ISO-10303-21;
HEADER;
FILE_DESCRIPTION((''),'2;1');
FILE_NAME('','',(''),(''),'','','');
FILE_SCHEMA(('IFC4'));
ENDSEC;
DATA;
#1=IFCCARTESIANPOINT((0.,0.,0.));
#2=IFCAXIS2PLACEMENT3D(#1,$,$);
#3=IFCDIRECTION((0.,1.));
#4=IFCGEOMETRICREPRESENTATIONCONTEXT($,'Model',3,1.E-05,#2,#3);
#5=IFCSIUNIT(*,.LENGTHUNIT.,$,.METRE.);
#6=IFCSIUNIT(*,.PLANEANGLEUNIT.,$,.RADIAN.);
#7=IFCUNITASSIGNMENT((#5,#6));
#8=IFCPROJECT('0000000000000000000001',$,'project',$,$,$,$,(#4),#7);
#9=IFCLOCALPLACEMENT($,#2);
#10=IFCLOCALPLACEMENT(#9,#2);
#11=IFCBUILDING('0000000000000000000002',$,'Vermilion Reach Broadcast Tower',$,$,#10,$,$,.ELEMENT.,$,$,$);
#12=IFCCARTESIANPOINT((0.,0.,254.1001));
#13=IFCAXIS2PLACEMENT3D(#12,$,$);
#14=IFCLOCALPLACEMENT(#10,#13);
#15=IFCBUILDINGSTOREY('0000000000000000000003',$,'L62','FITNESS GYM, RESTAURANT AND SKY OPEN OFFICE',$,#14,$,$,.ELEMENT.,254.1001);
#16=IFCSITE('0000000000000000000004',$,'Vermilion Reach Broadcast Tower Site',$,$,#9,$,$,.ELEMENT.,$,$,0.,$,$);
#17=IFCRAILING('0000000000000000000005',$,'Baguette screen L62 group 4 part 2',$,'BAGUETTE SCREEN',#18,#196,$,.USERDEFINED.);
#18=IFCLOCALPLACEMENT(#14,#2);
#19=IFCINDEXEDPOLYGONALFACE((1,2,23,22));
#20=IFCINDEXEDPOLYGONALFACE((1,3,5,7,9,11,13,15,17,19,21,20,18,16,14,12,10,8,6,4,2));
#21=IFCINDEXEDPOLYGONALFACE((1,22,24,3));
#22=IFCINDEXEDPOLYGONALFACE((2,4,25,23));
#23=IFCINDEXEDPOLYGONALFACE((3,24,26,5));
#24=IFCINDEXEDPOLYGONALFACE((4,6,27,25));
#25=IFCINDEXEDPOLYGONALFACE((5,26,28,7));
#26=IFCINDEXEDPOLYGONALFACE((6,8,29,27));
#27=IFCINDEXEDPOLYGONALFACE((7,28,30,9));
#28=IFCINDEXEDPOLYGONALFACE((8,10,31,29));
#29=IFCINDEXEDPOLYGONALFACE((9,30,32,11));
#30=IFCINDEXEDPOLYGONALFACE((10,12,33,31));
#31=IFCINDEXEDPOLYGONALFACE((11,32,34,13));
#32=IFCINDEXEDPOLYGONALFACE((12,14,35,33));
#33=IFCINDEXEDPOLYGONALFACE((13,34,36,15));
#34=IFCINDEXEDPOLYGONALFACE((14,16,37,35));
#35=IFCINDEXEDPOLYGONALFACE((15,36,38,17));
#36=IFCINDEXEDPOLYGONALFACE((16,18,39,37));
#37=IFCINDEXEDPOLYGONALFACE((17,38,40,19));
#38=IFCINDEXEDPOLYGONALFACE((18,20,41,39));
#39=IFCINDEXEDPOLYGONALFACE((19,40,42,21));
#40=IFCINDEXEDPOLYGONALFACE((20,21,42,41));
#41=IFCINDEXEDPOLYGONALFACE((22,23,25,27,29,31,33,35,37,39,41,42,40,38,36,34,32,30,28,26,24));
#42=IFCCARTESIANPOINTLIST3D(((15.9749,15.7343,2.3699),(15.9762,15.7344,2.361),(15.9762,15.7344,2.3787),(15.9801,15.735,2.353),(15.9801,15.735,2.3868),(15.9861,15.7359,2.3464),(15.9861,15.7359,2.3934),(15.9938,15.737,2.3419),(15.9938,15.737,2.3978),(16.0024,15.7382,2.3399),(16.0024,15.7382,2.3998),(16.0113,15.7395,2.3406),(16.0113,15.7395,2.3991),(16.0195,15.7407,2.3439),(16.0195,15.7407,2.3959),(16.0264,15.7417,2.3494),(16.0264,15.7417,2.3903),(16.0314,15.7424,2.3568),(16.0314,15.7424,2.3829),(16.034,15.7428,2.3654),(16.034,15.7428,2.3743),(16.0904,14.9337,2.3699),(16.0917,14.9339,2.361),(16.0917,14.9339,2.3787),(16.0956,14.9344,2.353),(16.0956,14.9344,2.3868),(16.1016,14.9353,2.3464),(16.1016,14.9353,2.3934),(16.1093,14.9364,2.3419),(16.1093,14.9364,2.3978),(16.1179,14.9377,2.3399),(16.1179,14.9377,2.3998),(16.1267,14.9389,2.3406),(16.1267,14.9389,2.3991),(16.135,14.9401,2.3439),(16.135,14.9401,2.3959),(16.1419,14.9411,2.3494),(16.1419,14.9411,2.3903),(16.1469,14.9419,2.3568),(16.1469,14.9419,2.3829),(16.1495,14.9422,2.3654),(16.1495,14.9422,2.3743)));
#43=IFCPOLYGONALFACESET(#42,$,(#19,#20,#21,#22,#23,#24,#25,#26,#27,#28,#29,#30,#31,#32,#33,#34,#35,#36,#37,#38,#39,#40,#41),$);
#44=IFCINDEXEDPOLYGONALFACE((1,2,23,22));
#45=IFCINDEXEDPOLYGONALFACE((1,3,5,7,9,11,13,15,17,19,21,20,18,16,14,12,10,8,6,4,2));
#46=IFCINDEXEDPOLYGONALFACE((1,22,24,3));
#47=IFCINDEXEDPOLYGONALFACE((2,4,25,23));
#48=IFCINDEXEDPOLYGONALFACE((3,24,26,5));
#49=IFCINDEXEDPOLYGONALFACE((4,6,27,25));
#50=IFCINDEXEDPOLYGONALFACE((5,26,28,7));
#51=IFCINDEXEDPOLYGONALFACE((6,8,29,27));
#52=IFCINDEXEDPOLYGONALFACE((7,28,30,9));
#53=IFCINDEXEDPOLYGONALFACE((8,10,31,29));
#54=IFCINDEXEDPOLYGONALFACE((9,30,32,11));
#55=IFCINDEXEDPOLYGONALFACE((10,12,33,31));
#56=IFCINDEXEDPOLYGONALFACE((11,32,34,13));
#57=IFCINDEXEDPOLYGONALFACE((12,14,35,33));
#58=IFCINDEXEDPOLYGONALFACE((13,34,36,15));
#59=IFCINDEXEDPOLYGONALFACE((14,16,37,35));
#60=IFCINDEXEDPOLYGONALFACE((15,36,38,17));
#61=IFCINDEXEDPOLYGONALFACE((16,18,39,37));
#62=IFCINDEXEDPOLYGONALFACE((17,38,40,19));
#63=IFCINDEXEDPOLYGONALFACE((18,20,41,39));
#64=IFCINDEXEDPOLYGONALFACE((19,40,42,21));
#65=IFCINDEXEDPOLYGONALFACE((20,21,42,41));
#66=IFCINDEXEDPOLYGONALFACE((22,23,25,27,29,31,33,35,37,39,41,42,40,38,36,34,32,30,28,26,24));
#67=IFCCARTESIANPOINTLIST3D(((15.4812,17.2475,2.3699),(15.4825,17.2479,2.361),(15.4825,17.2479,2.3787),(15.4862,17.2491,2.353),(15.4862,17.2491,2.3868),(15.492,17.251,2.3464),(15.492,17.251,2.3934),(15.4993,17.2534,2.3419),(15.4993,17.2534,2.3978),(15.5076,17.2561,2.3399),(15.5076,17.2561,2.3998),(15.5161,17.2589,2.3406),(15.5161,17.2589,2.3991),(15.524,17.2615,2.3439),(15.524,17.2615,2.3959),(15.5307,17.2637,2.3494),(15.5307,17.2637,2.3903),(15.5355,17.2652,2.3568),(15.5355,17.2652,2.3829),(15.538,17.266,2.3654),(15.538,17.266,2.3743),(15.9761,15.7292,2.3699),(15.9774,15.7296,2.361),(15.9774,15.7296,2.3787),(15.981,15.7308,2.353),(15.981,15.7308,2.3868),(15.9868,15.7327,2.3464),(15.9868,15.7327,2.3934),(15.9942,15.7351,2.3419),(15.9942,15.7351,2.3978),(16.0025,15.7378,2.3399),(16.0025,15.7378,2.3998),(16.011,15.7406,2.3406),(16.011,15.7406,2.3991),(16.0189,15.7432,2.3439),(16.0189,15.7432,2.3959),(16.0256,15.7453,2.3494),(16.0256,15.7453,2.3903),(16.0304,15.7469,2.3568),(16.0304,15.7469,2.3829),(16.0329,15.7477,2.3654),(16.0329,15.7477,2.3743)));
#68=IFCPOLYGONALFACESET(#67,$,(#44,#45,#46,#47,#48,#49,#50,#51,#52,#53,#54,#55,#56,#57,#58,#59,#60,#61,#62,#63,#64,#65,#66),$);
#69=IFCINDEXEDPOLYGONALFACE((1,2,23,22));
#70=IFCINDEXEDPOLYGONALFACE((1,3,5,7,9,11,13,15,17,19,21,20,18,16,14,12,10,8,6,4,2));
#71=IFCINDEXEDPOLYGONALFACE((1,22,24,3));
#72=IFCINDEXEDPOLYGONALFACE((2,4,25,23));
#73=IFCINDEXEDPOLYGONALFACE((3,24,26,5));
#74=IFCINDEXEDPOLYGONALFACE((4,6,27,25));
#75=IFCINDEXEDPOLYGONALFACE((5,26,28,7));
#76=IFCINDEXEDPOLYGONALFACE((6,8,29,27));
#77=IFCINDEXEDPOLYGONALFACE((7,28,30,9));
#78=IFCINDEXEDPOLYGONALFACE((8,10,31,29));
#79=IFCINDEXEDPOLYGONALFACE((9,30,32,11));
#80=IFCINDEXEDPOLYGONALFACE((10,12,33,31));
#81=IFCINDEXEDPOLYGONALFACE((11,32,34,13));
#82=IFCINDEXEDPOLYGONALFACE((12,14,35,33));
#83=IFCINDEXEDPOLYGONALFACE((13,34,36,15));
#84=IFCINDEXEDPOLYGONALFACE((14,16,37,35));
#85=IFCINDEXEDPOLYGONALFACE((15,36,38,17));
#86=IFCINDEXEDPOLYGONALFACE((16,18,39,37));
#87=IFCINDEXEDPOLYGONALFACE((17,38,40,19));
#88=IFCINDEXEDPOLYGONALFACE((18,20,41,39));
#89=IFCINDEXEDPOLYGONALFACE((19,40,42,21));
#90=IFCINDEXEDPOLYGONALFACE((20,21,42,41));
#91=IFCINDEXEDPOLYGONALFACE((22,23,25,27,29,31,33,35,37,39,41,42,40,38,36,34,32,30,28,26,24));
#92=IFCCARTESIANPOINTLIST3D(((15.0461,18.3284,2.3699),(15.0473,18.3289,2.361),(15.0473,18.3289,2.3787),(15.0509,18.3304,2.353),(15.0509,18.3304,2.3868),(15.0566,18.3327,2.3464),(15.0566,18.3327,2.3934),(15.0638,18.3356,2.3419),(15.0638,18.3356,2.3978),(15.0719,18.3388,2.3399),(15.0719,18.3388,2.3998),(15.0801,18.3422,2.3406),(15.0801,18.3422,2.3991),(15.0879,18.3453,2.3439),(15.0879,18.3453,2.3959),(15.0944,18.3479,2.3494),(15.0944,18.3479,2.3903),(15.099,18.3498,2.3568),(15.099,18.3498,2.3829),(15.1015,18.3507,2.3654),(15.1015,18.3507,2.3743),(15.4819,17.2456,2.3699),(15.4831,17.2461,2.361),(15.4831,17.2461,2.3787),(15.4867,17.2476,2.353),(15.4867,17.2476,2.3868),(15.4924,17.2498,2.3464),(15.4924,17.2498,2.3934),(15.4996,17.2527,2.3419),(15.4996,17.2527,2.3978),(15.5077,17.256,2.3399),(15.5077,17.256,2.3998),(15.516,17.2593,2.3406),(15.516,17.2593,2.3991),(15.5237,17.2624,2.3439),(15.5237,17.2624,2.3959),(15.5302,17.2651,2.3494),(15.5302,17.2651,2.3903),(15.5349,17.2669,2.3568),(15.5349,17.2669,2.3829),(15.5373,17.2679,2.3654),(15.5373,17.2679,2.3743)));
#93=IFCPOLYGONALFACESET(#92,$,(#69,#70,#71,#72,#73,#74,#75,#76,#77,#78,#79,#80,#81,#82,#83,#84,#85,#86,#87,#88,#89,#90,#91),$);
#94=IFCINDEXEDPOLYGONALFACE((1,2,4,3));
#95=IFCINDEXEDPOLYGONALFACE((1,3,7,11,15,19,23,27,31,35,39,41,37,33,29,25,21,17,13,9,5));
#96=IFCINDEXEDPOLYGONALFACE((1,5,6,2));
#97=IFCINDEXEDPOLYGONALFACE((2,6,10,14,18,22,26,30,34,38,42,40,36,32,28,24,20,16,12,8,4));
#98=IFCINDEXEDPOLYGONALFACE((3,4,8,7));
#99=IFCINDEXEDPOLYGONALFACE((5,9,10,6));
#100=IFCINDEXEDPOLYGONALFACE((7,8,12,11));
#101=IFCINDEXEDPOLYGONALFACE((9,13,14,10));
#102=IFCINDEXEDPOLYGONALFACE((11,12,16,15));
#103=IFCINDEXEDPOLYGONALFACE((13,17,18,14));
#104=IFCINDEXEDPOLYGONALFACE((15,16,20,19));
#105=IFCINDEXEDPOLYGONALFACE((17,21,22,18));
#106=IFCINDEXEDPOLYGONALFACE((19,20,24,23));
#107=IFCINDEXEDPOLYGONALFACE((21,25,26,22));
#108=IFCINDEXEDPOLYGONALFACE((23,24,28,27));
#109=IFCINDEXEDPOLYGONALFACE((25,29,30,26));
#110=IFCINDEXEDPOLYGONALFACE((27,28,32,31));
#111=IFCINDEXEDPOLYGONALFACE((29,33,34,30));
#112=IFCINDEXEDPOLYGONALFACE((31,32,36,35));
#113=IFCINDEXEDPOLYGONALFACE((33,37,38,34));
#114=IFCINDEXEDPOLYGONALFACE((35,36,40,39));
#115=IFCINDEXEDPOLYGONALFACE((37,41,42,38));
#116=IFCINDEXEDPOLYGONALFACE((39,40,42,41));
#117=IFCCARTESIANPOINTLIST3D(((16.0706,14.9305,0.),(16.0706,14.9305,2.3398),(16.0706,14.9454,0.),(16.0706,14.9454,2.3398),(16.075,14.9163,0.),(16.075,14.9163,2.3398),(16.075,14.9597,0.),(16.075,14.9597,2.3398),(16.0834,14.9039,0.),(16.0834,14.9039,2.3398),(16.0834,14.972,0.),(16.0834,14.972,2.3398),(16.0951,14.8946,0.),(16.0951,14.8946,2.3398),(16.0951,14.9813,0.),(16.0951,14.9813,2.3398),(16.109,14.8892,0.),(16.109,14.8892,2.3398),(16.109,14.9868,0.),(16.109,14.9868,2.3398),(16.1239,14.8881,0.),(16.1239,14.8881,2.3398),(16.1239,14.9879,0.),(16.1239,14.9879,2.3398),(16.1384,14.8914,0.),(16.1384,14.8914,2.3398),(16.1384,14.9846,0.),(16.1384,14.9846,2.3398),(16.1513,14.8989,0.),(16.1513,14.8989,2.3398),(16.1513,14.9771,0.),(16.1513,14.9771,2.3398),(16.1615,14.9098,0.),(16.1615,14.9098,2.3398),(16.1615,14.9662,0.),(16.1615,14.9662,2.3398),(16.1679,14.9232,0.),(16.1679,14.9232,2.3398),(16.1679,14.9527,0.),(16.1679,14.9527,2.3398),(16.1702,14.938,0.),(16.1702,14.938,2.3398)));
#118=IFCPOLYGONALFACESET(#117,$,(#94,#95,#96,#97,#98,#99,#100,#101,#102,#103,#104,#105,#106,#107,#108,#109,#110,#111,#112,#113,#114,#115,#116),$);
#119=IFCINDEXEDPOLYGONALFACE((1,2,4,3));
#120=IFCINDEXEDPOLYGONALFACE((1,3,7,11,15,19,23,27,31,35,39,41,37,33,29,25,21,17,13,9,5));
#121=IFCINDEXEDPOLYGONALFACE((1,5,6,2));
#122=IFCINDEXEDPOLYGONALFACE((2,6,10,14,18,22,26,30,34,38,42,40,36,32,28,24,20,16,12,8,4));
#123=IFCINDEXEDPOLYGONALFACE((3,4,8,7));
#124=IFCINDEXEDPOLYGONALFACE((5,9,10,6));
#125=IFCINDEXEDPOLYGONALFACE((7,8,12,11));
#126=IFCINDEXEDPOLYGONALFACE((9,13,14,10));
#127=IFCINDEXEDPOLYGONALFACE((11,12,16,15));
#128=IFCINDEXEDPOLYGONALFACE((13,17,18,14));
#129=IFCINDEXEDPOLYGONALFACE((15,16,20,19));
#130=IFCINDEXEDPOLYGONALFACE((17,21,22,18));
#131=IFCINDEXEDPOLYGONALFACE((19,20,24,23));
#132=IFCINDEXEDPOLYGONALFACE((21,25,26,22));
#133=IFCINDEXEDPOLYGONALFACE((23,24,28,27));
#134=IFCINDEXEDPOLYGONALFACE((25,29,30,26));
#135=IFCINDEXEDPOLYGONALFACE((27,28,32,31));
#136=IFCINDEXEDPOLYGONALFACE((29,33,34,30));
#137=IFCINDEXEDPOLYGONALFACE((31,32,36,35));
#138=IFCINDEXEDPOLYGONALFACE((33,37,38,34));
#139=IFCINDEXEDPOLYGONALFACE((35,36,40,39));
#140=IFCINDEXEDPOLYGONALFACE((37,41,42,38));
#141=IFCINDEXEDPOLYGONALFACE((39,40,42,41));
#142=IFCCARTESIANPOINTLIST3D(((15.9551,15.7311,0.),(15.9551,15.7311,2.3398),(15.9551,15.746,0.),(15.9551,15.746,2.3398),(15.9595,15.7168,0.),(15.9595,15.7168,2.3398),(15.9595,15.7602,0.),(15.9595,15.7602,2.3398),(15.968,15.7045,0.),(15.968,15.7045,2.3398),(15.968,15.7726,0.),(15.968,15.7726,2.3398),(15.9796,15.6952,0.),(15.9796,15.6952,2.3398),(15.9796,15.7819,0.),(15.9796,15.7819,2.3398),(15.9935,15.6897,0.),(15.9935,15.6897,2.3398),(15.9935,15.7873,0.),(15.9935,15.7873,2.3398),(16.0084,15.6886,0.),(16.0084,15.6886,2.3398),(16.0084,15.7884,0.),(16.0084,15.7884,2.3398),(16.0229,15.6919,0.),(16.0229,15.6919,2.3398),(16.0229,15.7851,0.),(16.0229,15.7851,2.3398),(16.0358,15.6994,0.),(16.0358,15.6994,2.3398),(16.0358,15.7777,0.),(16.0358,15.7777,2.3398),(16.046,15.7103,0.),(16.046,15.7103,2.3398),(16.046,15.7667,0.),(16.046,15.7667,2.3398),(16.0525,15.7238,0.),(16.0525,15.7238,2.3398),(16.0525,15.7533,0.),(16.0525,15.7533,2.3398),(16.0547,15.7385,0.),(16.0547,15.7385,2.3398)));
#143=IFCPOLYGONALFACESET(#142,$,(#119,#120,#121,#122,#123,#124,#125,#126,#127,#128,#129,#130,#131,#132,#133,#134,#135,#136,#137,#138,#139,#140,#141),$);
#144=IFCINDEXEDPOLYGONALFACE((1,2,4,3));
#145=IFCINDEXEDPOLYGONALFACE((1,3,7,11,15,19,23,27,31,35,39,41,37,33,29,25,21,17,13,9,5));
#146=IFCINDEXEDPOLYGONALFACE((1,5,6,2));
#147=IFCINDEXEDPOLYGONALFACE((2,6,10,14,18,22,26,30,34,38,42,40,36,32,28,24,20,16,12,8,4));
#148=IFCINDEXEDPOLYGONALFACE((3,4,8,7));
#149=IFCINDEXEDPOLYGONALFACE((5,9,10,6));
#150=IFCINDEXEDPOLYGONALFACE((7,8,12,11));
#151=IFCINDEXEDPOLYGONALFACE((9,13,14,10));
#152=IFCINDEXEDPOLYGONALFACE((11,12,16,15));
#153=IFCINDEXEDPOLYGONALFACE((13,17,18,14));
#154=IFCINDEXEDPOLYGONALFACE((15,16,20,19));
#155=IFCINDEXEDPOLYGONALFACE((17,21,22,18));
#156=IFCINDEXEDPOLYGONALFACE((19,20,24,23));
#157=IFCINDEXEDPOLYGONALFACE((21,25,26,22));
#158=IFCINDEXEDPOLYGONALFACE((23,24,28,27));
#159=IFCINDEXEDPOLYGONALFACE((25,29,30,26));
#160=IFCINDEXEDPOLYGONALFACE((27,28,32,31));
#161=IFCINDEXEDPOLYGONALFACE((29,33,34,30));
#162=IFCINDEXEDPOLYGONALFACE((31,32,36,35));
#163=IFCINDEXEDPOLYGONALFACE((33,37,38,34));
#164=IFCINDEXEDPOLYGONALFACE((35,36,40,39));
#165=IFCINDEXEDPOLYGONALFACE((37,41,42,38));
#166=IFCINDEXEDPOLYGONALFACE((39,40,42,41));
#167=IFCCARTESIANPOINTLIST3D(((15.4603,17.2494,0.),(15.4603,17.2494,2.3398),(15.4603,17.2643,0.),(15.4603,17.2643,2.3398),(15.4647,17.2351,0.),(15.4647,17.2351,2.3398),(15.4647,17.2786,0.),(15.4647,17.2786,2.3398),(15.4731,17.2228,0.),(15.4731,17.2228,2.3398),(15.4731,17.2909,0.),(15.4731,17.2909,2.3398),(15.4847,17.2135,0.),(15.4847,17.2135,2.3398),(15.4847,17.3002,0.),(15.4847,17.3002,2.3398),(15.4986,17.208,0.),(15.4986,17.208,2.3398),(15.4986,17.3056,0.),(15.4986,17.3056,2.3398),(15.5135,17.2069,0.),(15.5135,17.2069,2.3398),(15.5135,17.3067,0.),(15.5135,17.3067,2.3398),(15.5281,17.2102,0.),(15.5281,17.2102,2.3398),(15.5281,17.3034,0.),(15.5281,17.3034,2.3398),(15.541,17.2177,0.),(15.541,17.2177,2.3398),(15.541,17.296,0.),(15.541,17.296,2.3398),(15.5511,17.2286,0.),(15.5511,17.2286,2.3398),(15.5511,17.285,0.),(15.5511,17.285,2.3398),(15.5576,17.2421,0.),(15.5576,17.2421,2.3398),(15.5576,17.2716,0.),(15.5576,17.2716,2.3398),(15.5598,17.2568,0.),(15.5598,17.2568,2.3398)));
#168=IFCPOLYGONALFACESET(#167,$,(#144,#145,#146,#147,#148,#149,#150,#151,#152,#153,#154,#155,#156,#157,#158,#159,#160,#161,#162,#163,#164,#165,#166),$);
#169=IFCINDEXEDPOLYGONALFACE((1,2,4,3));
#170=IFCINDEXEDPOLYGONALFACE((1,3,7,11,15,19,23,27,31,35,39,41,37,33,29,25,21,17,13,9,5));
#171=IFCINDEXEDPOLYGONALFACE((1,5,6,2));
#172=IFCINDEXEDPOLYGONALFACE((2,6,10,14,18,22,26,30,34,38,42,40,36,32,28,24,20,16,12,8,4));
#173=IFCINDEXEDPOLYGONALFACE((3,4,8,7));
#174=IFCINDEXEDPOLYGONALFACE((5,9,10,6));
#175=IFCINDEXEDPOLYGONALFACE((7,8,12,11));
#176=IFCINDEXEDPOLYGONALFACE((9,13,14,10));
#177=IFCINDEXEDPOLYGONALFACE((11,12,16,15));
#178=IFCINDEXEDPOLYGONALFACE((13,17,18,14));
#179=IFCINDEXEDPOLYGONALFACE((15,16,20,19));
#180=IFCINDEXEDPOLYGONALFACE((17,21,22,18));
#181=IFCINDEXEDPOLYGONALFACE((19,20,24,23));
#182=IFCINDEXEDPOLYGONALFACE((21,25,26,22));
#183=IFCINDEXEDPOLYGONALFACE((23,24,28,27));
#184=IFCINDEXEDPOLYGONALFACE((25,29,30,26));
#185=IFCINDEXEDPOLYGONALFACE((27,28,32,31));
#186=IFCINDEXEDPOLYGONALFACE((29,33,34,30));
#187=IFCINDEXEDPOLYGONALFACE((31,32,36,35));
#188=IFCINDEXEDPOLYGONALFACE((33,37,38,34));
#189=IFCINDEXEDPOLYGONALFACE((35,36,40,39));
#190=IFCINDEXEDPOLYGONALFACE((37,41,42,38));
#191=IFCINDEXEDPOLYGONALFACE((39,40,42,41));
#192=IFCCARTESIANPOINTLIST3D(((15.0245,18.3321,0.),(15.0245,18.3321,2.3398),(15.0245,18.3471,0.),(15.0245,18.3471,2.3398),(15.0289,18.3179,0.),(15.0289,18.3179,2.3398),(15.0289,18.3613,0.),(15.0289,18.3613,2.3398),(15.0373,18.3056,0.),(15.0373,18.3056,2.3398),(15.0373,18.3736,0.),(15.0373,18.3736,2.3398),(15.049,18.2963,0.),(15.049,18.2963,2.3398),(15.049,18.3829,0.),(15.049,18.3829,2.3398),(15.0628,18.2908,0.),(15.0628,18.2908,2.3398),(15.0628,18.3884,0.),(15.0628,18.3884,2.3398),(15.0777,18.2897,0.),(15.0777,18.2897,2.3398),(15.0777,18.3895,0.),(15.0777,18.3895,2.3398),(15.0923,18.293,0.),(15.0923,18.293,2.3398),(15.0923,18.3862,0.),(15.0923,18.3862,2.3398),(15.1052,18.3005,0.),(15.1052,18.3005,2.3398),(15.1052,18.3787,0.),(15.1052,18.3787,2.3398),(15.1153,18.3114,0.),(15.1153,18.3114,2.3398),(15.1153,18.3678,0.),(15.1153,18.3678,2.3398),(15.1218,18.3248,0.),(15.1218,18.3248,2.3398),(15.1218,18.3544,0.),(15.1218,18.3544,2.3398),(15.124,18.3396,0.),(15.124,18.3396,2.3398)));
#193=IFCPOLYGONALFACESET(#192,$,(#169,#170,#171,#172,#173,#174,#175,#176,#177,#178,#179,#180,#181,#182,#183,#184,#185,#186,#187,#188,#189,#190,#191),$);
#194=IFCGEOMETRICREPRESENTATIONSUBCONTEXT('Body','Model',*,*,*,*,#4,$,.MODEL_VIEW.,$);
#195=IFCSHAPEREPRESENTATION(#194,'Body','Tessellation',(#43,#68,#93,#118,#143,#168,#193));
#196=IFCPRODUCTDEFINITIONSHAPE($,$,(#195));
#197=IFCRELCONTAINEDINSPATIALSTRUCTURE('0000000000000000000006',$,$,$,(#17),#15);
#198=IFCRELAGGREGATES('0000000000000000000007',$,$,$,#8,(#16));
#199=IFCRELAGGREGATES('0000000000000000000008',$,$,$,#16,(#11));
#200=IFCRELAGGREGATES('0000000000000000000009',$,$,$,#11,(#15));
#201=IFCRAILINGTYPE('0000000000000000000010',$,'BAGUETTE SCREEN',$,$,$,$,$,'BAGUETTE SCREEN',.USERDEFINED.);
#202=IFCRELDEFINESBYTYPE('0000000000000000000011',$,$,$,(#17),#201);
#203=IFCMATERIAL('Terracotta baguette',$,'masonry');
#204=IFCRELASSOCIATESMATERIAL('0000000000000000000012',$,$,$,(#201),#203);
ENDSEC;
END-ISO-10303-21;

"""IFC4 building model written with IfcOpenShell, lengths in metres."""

from ifc_helpers import new_model, si_unit, direction, frame, origin, origin_2d, place, context, subcontext, project, spatial, circle, extrude, material, type_object, element, save


model = new_model("IFC4")

# Units and contexts
model_context = context("Model", 3, precision=1e-05, world=origin(), true_north=direction((0.0, 1.0)))
body_context = subcontext(model_context, "Body", "Model", "MODEL_VIEW")
ifc_project = project(units=[si_unit("LENGTHUNIT", "METRE"), si_unit("PLANEANGLEUNIT", "RADIAN")], contexts=[model_context])

# Site, building, storey
site_placement = place(None, origin())
site = spatial("IfcSite", under=ifc_project, at=site_placement, Name="Vermilion Reach Broadcast Tower Site", CompositionType="ELEMENT", RefElevation=0.0)
building_placement = place(site_placement, origin())
building = spatial("IfcBuilding", under=site, at=building_placement, Name="Vermilion Reach Broadcast Tower", CompositionType="ELEMENT")
storey_placement = place(building_placement, frame((0.0, 0.0, 254.1001)))
storey = spatial("IfcBuildingStorey", under=building, at=storey_placement, Name="L62", Description="FITNESS GYM, RESTAURANT AND SKY OPEN OFFICE", CompositionType="ELEMENT", Elevation=254.1001)

# Railing
ifc_material_1 = material(Name="Terracotta baguette", Category="masonry")
railing_type = type_object("IfcRailingType", Name="BAGUETTE SCREEN", ElementType="BAGUETTE SCREEN", PredefinedType="USERDEFINED", material=ifc_material_1)
railing_placement = place(storey_placement, frame((16.1201, 14.938, 0.0)))
element("IfcRailing", 1, at=railing_placement, inside=storey, type_object=railing_type, Name="Baguette screen L62 group 4 part 2", ObjectType="BAGUETTE SCREEN", PredefinedType="USERDEFINED", context=body_context, shape_type="SweptSolid", body=[
    extrude(circle(Radius=0.03, at=origin_2d()), frame((0.0, 0.0, 2.3699), z_axis=(-0.142773, 0.989755, 0.0), x_axis=(-0.989755, -0.142773, 0.0)), (0.0, 0.0, 1.0), 0.8088),
    extrude(circle(Radius=0.03, at=origin_2d()), frame((-0.1155, 0.8005, 2.3699), z_axis=(-0.309891, 0.950772, 0.0), x_axis=(-0.950772, -0.309891, 0.0)), (0.0, 0.0, 1.0), 1.5969),
    extrude(circle(Radius=0.03, at=origin_2d()), frame((-0.6104, 2.3188, 2.3699), z_axis=(-0.373373, 0.927681, 0.0), x_axis=(-0.927681, -0.373373, 0.0)), (0.0, 0.0, 1.0), 1.1672),
    extrude(circle(Radius=0.05, at=origin_2d()), origin(), (0.0, 0.0, 1.0), 2.3398),
    extrude(circle(Radius=0.05, at=origin_2d()), frame((-0.1155, 0.8005, 0.0)), (0.0, 0.0, 1.0), 2.3398),
    extrude(circle(Radius=0.05, at=origin_2d()), frame((-0.6104, 2.3188, 0.0)), (0.0, 0.0, 1.0), 2.3398),
    extrude(circle(Radius=0.05, at=origin_2d()), frame((-1.0461, 3.4016, 0.0)), (0.0, 0.0, 1.0), 2.3398),
])

save(model, "model.ifc")
